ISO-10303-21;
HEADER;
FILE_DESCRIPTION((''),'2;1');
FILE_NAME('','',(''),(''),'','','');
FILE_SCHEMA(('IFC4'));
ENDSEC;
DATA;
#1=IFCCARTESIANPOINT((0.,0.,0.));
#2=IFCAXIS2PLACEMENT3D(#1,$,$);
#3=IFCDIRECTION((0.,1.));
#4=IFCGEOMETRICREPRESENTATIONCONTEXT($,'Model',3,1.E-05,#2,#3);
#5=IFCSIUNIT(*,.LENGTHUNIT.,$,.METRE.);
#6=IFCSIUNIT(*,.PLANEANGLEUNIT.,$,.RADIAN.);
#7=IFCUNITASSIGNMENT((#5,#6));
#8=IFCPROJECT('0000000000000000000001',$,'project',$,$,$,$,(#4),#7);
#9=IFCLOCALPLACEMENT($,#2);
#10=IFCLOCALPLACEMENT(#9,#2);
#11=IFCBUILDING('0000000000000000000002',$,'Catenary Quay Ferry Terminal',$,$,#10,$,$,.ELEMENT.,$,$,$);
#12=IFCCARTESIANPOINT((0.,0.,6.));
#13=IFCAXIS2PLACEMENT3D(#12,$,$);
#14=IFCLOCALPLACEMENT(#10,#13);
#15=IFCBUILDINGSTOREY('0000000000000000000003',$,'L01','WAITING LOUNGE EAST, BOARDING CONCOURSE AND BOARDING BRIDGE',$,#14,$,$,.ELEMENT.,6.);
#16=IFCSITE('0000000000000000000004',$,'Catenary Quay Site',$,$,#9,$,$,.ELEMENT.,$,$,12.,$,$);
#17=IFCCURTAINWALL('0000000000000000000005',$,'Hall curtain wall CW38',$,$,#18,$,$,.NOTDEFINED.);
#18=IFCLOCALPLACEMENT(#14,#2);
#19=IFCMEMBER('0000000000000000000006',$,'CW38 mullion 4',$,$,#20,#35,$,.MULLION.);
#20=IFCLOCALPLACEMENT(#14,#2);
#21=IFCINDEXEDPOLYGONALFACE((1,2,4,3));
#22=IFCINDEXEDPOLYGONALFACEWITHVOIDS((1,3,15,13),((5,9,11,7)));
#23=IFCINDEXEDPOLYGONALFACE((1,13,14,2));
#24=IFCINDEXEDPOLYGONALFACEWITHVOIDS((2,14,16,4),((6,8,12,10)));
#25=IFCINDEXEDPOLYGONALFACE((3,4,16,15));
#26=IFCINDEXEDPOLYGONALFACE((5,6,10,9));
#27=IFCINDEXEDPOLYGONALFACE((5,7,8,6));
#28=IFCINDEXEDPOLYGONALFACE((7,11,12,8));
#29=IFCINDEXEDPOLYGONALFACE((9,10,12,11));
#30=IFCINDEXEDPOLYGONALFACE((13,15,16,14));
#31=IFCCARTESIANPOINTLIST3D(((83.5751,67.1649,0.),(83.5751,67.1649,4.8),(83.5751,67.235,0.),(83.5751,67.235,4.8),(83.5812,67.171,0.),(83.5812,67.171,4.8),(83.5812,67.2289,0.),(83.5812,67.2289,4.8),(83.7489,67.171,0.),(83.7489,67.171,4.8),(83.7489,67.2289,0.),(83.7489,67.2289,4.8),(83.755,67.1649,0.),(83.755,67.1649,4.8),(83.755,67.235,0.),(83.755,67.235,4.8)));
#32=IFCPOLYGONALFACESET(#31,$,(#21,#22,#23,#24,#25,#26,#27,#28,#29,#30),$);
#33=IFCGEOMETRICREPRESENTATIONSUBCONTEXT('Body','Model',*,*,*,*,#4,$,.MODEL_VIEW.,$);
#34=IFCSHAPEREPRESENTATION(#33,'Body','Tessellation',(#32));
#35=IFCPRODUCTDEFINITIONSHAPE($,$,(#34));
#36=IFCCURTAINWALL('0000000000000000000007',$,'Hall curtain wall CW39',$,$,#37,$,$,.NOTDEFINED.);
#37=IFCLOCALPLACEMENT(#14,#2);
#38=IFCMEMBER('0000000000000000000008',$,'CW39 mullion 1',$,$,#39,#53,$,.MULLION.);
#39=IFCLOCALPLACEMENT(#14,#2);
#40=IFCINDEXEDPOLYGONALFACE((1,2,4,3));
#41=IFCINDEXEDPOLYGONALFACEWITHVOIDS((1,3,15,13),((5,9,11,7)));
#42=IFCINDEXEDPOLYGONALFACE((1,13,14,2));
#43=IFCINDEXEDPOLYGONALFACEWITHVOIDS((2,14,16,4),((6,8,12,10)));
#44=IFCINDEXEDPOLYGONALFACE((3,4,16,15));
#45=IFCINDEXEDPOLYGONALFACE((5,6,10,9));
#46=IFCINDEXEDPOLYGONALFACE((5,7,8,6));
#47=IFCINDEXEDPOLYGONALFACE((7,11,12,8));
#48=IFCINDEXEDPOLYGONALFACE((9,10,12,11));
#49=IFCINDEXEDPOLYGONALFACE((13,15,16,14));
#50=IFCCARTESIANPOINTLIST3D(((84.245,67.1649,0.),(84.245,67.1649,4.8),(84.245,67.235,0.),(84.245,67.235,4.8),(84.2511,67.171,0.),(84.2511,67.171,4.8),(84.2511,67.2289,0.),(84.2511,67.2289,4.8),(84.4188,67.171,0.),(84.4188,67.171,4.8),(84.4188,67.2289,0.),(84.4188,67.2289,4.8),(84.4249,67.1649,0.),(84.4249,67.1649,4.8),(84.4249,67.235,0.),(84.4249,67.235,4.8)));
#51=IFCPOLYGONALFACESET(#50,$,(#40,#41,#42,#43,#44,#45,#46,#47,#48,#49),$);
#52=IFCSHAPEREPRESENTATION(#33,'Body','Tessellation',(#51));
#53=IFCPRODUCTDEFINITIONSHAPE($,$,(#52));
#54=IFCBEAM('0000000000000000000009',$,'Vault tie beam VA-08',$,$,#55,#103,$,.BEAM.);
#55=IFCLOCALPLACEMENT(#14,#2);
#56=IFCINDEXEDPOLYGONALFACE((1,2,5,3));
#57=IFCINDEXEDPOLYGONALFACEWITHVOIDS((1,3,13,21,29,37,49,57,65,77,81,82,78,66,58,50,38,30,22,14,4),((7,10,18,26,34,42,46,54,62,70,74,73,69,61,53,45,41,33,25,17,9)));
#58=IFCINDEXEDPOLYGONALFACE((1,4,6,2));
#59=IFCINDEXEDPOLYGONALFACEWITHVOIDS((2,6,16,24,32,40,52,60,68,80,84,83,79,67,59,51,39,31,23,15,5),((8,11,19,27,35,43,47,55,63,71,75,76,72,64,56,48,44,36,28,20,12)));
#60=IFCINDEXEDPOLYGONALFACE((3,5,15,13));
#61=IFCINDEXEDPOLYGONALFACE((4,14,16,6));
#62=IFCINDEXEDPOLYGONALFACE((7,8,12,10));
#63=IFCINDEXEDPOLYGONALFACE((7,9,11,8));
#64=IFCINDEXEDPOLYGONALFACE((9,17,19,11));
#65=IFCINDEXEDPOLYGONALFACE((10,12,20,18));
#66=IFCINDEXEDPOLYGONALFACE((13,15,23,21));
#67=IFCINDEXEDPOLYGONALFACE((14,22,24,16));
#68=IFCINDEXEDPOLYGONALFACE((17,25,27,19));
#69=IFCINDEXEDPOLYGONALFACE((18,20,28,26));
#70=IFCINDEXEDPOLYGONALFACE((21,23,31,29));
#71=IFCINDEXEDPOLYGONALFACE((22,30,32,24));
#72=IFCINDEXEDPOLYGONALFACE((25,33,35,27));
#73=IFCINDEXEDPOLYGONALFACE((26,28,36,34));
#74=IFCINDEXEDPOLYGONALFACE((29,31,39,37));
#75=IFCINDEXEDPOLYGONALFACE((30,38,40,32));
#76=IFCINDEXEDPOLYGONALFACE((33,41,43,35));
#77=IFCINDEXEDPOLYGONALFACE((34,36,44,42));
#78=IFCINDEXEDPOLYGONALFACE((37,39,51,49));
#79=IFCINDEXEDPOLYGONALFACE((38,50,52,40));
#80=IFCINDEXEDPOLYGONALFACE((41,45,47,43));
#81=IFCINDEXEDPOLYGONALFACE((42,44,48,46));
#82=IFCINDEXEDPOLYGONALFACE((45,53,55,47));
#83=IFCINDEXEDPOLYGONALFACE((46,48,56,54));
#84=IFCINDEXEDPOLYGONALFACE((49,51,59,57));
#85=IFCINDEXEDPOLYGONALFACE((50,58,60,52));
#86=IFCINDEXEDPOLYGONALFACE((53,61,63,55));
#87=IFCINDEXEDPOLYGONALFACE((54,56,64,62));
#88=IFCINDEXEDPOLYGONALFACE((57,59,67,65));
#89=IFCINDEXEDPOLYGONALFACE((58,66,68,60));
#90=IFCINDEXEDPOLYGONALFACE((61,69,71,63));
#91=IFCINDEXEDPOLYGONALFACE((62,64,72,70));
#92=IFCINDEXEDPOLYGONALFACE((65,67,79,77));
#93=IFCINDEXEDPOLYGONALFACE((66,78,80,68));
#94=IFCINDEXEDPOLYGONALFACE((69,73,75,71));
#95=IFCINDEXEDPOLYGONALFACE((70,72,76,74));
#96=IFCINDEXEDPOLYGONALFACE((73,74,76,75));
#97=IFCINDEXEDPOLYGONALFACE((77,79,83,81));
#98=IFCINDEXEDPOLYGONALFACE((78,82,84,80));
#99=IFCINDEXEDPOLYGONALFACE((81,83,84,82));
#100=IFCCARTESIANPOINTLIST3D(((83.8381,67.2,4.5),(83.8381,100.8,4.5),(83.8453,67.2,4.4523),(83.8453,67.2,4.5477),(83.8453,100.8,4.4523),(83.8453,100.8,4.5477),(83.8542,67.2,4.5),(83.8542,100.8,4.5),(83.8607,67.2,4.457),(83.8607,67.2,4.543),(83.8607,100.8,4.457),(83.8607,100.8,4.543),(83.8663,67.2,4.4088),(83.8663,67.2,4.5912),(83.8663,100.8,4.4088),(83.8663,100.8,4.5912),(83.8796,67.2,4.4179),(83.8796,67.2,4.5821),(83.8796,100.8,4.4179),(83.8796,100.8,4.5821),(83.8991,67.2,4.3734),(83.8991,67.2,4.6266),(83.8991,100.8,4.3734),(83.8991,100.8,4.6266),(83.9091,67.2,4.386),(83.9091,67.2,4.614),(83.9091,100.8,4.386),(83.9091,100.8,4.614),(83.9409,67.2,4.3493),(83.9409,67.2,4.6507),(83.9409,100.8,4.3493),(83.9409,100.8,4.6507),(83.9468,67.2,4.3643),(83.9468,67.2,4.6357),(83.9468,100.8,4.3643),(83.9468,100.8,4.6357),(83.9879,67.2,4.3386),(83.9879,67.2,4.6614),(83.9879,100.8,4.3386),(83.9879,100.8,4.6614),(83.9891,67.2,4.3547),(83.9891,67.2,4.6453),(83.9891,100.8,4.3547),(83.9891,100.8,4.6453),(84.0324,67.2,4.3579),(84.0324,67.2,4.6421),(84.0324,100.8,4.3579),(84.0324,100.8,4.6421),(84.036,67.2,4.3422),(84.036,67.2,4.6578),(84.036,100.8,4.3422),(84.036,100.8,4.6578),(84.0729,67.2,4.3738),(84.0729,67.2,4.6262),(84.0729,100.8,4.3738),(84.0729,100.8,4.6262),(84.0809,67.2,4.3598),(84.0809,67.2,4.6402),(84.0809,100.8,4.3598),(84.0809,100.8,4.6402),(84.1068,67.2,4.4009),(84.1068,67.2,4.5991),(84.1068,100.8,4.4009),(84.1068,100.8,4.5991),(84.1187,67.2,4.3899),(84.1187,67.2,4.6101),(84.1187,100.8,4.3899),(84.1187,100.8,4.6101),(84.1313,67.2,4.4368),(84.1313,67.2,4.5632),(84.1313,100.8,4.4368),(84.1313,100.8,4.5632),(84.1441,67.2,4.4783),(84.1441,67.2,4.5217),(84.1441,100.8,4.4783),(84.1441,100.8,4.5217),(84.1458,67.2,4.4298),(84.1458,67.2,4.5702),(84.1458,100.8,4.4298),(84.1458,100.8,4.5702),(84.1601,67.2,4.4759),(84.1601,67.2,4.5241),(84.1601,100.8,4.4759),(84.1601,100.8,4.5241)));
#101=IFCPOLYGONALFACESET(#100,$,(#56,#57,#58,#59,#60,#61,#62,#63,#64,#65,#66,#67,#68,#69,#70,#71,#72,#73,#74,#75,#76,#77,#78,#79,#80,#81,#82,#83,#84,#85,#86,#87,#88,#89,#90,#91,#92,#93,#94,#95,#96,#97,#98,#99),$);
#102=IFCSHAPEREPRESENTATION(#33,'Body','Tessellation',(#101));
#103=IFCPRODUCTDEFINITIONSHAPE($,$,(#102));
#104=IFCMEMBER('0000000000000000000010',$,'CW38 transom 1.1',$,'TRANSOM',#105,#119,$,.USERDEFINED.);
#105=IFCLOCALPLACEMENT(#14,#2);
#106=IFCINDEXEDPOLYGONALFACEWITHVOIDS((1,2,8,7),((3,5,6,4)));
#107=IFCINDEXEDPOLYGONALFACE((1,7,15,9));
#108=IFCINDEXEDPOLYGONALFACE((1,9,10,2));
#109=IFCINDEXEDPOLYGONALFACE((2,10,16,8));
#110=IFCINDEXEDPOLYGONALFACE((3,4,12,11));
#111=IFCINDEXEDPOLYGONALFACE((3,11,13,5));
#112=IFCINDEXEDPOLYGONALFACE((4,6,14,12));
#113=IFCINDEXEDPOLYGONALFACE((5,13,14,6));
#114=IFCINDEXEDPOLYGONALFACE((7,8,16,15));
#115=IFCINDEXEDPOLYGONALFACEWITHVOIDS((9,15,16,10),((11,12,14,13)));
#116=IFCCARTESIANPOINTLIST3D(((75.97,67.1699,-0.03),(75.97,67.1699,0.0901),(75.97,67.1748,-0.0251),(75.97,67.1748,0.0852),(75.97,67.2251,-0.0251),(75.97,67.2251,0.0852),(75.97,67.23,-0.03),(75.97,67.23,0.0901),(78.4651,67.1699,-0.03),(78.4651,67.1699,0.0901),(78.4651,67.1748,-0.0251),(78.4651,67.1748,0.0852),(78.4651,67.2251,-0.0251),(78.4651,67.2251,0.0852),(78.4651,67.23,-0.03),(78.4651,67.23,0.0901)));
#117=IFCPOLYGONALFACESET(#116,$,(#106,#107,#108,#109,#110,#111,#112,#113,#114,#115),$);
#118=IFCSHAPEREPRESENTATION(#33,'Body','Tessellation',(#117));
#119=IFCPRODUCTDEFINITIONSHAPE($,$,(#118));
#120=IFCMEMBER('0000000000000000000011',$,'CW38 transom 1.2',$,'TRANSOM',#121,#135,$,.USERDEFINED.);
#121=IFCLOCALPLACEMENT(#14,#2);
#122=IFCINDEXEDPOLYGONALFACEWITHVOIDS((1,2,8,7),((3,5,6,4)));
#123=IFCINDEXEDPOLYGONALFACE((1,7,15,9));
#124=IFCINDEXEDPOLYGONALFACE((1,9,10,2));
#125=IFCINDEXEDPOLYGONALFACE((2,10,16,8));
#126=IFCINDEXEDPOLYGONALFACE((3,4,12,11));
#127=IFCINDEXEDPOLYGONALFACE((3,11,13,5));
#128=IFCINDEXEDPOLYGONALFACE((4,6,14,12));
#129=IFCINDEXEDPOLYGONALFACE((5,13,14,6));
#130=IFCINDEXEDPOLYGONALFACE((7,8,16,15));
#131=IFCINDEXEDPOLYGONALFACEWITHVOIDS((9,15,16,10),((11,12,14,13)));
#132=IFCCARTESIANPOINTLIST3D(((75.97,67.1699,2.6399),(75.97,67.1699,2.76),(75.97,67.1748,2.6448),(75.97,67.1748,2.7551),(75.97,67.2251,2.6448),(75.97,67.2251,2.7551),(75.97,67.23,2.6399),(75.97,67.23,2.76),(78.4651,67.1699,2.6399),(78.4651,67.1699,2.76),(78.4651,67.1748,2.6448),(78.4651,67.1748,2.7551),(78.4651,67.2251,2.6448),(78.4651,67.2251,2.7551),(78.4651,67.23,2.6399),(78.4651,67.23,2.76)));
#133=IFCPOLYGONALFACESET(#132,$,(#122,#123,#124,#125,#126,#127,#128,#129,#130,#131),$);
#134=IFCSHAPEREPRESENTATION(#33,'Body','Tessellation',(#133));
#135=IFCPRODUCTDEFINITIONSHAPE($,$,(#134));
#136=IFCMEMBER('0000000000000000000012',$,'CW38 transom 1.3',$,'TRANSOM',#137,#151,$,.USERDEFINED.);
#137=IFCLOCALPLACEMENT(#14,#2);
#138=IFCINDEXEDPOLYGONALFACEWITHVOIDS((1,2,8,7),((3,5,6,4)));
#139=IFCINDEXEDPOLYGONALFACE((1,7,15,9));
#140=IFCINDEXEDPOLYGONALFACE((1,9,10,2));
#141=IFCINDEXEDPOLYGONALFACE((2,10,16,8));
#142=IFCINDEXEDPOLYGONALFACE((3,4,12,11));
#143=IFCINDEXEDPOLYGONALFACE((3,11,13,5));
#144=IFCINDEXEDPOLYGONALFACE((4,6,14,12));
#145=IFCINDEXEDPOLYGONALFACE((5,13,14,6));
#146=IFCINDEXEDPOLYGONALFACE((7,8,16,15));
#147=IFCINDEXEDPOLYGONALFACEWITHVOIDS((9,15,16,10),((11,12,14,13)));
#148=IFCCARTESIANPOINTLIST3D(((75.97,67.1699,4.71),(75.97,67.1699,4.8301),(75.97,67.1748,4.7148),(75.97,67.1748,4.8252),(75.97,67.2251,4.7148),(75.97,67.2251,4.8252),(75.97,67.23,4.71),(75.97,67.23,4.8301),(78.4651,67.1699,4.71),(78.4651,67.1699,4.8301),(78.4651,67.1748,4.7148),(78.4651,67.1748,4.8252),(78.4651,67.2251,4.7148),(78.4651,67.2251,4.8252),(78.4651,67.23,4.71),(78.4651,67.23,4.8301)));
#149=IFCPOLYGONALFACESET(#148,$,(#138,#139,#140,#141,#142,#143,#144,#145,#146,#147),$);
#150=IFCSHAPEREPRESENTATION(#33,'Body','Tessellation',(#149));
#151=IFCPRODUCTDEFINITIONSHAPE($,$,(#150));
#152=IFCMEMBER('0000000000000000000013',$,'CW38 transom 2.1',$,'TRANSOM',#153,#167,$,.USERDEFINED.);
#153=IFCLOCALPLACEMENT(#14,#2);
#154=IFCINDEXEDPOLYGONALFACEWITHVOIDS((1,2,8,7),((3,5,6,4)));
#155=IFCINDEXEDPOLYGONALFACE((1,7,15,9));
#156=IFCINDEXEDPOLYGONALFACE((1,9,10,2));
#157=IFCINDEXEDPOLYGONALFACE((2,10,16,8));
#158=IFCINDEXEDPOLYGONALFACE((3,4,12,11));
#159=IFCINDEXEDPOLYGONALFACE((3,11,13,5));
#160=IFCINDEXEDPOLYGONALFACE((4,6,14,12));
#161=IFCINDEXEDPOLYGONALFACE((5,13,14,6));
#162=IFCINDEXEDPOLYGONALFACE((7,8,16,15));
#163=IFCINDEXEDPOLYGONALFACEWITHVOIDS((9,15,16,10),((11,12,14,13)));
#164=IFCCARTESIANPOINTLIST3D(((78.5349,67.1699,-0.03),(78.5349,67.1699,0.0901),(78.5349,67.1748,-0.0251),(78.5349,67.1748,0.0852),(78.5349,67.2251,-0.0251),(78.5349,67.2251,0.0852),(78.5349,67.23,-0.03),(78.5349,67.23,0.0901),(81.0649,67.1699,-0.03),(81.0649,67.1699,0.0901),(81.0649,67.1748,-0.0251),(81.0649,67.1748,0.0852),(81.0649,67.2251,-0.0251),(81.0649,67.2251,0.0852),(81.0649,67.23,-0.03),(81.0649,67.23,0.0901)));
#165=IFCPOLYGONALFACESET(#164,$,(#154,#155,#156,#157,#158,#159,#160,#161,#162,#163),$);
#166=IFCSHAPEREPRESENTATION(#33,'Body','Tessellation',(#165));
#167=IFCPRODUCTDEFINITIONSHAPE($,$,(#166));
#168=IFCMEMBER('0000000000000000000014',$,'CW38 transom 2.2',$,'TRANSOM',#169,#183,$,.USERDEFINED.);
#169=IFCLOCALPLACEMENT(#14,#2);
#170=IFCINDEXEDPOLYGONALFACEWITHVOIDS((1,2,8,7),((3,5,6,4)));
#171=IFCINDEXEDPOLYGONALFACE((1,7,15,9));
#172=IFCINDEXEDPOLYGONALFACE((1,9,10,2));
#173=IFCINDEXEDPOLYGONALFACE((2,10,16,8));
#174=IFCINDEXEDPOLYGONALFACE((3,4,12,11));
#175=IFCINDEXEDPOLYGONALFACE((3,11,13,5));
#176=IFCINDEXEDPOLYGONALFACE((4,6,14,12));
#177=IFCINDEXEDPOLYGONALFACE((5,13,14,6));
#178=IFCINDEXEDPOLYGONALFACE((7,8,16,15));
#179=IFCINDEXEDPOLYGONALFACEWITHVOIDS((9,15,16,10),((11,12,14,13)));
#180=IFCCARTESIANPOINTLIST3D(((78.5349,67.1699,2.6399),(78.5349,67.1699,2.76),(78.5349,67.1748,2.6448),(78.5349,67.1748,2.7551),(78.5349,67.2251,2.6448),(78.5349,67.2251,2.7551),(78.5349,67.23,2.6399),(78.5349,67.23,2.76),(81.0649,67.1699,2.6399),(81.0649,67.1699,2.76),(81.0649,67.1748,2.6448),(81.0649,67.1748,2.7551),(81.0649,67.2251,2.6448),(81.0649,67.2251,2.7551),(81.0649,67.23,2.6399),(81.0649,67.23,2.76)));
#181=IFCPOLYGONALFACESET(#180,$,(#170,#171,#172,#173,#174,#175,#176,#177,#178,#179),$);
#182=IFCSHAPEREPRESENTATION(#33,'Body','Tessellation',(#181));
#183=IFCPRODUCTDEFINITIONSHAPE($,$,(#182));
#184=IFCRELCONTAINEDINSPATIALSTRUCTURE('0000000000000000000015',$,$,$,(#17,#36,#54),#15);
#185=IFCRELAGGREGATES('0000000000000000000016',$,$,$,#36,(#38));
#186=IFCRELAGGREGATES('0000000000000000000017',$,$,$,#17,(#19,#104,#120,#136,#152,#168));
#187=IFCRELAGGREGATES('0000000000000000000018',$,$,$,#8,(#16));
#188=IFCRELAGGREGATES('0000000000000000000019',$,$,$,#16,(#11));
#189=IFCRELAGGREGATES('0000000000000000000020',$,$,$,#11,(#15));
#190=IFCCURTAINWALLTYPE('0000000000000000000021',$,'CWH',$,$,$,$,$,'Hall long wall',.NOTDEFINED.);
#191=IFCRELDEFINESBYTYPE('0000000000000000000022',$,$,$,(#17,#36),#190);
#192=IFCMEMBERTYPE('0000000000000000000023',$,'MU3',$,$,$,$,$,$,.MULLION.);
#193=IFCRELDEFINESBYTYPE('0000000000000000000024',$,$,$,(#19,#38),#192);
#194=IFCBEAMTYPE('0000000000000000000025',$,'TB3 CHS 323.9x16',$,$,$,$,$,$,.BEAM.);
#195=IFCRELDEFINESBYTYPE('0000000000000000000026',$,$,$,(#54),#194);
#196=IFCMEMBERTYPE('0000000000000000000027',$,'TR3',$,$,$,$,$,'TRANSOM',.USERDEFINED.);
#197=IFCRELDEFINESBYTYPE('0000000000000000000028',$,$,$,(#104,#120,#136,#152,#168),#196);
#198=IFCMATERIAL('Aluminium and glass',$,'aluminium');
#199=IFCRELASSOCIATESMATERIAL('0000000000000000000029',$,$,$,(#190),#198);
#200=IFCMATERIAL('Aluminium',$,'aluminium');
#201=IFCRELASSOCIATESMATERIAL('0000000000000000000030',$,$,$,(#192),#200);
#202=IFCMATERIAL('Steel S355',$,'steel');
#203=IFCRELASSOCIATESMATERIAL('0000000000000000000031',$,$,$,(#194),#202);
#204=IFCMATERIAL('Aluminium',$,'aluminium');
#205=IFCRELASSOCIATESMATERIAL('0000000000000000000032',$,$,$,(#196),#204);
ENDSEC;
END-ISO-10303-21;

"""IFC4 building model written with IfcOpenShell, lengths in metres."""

from ifc_helpers import new_model, si_unit, direction, frame, origin, origin_2d, place, context, subcontext, project, spatial, hollow_rectangle, hollow_circle, extrude, material, material_profile, profile_set, type_object, element, aggregate, save


model = new_model("IFC4")

# Units and contexts
model_context = context("Model", 3, precision=1e-05, world=origin(), true_north=direction((0.0, 1.0)))
body_context = subcontext(model_context, "Body", "Model", "MODEL_VIEW")
ifc_project = project(units=[si_unit("LENGTHUNIT", "METRE"), si_unit("PLANEANGLEUNIT", "RADIAN")], contexts=[model_context])

# Site, building, storey
site_placement = place(None, origin())
site = spatial("IfcSite", under=ifc_project, at=site_placement, Name="Catenary Quay Site", CompositionType="ELEMENT", RefElevation=12.0)
building_placement = place(site_placement, origin())
building = spatial("IfcBuilding", under=site, at=building_placement, Name="Catenary Quay Ferry Terminal", CompositionType="ELEMENT")
storey_placement = place(building_placement, frame((0.0, 0.0, 6.0)))
storey = spatial("IfcBuildingStorey", under=building, at=storey_placement, Name="L01", Description="WAITING LOUNGE EAST, BOARDING CONCOURSE AND BOARDING BRIDGE", CompositionType="ELEMENT", Elevation=6.0)

# Curtain wall, member
ifc_material_1 = material(Name="Aluminium and glass", Category="aluminium")
curtain_wall_type = type_object("IfcCurtainWallType", Name="CWH", ElementType="Hall long wall", PredefinedType="NOTDEFINED", material=ifc_material_1)
curtain_wall_1_placement = place(storey_placement, origin())
curtain_wall_1 = element("IfcCurtainWall", 1, at=curtain_wall_1_placement, inside=storey, type_object=curtain_wall_type, Name="Hall curtain wall CW38", PredefinedType="NOTDEFINED")
ifc_material_2 = material(Name="Aluminium", Category="aluminium")
ifc_material_profile_1 = material_profile(ifc_material_2, hollow_rectangle(XDim=0.0701, YDim=0.1799, WallThickness=0.0061, at=origin_2d()), Name="MU3")
ifc_profile_set_1 = profile_set([ifc_material_profile_1], Name="Aluminium")
member_type_1 = type_object("IfcMemberType", Name="MU3", PredefinedType="MULLION", material=ifc_profile_set_1)
member_1_placement = place(storey_placement, frame((83.665, 67.2, 0.0), z_axis=(0.0, 0.0, 1.0), x_axis=(0.0, 1.0, 0.0)))
member_1 = element("IfcMember", 2, at=member_1_placement, type_object=member_type_1, Name="CW38 mullion 4", PredefinedType="MULLION", context=body_context, shape_type="SweptSolid", body=[
    extrude(hollow_rectangle(XDim=0.0701, YDim=0.1799, WallThickness=0.0061, at=origin_2d()), origin(), (0.0, 0.0, 1.0), 4.8),
])

# Curtain wall, member
curtain_wall_2_placement = place(storey_placement, origin())
curtain_wall_2 = element("IfcCurtainWall", 3, at=curtain_wall_2_placement, inside=storey, type_object=curtain_wall_type, Name="Hall curtain wall CW39", PredefinedType="NOTDEFINED")
member_2_placement = place(storey_placement, frame((84.335, 67.2, 0.0), z_axis=(0.0, 0.0, 1.0), x_axis=(0.0, 1.0, 0.0)))
member_2 = element("IfcMember", 4, at=member_2_placement, type_object=member_type_1, Name="CW39 mullion 1", PredefinedType="MULLION", context=body_context, shape_type="SweptSolid", body=[
    extrude(hollow_rectangle(XDim=0.0701, YDim=0.1799, WallThickness=0.0061, at=origin_2d()), origin(), (0.0, 0.0, 1.0), 4.8),
])
aggregate(curtain_wall_2, [member_2])

# Beam
ifc_material_3 = material(Name="Steel S355", Category="steel")
ifc_material_profile_2 = material_profile(ifc_material_3, hollow_circle(Radius=0.1619, WallThickness=0.0161, at=origin_2d()), Name="CHS 323.9x16")
ifc_profile_set_2 = profile_set([ifc_material_profile_2], Name="Steel S355")
beam_type_1 = type_object("IfcBeamType", Name="TB3 CHS 323.9x16", PredefinedType="BEAM", material=ifc_profile_set_2)
beam_1_placement = place(storey_placement, frame((84.0, 67.2, 4.5), z_axis=(0.0, 1.0, 0.0), x_axis=(-1.0, 0.0, 0.0)))
element("IfcBeam", 5, at=beam_1_placement, inside=storey, type_object=beam_type_1, Name="Vault tie beam VA-08", PredefinedType="BEAM", context=body_context, shape_type="SweptSolid", body=[
    extrude(hollow_circle(Radius=0.1619, WallThickness=0.0161, at=origin_2d()), origin(), (0.0, 0.0, 1.0), 33.6001),
])

# Members
ifc_material_4 = material(Name="Aluminium", Category="aluminium")
ifc_material_profile_3 = material_profile(ifc_material_4, hollow_rectangle(XDim=0.0601, YDim=0.1201, WallThickness=0.0049, at=origin_2d()), Name="TR3")
ifc_profile_set_3 = profile_set([ifc_material_profile_3], Name="Aluminium")
member_type_2 = type_object("IfcMemberType", Name="TR3", ElementType="TRANSOM", PredefinedType="USERDEFINED", material=ifc_profile_set_3)
member_3_placement = place(storey_placement, frame((75.97, 67.2, 0.03), z_axis=(1.0, 0.0, 0.0), x_axis=(0.0, 1.0, 0.0)))
member_3 = element("IfcMember", 6, at=member_3_placement, type_object=member_type_2, Name="CW38 transom 1.1", ObjectType="TRANSOM", PredefinedType="USERDEFINED", context=body_context, shape_type="SweptSolid", body=[
    extrude(hollow_rectangle(XDim=0.0601, YDim=0.1201, WallThickness=0.0049, at=origin_2d()), origin(), (0.0, 0.0, 1.0), 2.4951),
])
member_4_placement = place(storey_placement, frame((75.97, 67.2, 2.7), z_axis=(1.0, 0.0, 0.0), x_axis=(0.0, 1.0, 0.0)))
member_4 = element("IfcMember", 7, at=member_4_placement, type_object=member_type_2, Name="CW38 transom 1.2", ObjectType="TRANSOM", PredefinedType="USERDEFINED", context=body_context, shape_type="SweptSolid", body=[
    extrude(hollow_rectangle(XDim=0.0601, YDim=0.1201, WallThickness=0.0049, at=origin_2d()), origin(), (0.0, 0.0, 1.0), 2.4951),
])
member_5_placement = place(storey_placement, frame((75.97, 67.2, 4.77), z_axis=(1.0, 0.0, 0.0), x_axis=(0.0, 1.0, 0.0)))
member_5 = element("IfcMember", 8, at=member_5_placement, type_object=member_type_2, Name="CW38 transom 1.3", ObjectType="TRANSOM", PredefinedType="USERDEFINED", context=body_context, shape_type="SweptSolid", body=[
    extrude(hollow_rectangle(XDim=0.0601, YDim=0.1201, WallThickness=0.0049, at=origin_2d()), origin(), (0.0, 0.0, 1.0), 2.4951),
])
member_6_placement = place(storey_placement, frame((78.5349, 67.2, 0.03), z_axis=(1.0, 0.0, 0.0), x_axis=(0.0, 1.0, 0.0)))
member_6 = element("IfcMember", 9, at=member_6_placement, type_object=member_type_2, Name="CW38 transom 2.1", ObjectType="TRANSOM", PredefinedType="USERDEFINED", context=body_context, shape_type="SweptSolid", body=[
    extrude(hollow_rectangle(XDim=0.0601, YDim=0.1201, WallThickness=0.0049, at=origin_2d()), origin(), (0.0, 0.0, 1.0), 2.53),
])
member_7_placement = place(storey_placement, frame((78.5349, 67.2, 2.7), z_axis=(1.0, 0.0, 0.0), x_axis=(0.0, 1.0, 0.0)))
member_7 = element("IfcMember", 10, at=member_7_placement, type_object=member_type_2, Name="CW38 transom 2.2", ObjectType="TRANSOM", PredefinedType="USERDEFINED", context=body_context, shape_type="SweptSolid", body=[
    extrude(hollow_rectangle(XDim=0.0601, YDim=0.1201, WallThickness=0.0049, at=origin_2d()), origin(), (0.0, 0.0, 1.0), 2.53),
])

aggregate(curtain_wall_1, [member_1, member_3, member_4, member_5, member_6, member_7])

save(model, "model.ifc")
